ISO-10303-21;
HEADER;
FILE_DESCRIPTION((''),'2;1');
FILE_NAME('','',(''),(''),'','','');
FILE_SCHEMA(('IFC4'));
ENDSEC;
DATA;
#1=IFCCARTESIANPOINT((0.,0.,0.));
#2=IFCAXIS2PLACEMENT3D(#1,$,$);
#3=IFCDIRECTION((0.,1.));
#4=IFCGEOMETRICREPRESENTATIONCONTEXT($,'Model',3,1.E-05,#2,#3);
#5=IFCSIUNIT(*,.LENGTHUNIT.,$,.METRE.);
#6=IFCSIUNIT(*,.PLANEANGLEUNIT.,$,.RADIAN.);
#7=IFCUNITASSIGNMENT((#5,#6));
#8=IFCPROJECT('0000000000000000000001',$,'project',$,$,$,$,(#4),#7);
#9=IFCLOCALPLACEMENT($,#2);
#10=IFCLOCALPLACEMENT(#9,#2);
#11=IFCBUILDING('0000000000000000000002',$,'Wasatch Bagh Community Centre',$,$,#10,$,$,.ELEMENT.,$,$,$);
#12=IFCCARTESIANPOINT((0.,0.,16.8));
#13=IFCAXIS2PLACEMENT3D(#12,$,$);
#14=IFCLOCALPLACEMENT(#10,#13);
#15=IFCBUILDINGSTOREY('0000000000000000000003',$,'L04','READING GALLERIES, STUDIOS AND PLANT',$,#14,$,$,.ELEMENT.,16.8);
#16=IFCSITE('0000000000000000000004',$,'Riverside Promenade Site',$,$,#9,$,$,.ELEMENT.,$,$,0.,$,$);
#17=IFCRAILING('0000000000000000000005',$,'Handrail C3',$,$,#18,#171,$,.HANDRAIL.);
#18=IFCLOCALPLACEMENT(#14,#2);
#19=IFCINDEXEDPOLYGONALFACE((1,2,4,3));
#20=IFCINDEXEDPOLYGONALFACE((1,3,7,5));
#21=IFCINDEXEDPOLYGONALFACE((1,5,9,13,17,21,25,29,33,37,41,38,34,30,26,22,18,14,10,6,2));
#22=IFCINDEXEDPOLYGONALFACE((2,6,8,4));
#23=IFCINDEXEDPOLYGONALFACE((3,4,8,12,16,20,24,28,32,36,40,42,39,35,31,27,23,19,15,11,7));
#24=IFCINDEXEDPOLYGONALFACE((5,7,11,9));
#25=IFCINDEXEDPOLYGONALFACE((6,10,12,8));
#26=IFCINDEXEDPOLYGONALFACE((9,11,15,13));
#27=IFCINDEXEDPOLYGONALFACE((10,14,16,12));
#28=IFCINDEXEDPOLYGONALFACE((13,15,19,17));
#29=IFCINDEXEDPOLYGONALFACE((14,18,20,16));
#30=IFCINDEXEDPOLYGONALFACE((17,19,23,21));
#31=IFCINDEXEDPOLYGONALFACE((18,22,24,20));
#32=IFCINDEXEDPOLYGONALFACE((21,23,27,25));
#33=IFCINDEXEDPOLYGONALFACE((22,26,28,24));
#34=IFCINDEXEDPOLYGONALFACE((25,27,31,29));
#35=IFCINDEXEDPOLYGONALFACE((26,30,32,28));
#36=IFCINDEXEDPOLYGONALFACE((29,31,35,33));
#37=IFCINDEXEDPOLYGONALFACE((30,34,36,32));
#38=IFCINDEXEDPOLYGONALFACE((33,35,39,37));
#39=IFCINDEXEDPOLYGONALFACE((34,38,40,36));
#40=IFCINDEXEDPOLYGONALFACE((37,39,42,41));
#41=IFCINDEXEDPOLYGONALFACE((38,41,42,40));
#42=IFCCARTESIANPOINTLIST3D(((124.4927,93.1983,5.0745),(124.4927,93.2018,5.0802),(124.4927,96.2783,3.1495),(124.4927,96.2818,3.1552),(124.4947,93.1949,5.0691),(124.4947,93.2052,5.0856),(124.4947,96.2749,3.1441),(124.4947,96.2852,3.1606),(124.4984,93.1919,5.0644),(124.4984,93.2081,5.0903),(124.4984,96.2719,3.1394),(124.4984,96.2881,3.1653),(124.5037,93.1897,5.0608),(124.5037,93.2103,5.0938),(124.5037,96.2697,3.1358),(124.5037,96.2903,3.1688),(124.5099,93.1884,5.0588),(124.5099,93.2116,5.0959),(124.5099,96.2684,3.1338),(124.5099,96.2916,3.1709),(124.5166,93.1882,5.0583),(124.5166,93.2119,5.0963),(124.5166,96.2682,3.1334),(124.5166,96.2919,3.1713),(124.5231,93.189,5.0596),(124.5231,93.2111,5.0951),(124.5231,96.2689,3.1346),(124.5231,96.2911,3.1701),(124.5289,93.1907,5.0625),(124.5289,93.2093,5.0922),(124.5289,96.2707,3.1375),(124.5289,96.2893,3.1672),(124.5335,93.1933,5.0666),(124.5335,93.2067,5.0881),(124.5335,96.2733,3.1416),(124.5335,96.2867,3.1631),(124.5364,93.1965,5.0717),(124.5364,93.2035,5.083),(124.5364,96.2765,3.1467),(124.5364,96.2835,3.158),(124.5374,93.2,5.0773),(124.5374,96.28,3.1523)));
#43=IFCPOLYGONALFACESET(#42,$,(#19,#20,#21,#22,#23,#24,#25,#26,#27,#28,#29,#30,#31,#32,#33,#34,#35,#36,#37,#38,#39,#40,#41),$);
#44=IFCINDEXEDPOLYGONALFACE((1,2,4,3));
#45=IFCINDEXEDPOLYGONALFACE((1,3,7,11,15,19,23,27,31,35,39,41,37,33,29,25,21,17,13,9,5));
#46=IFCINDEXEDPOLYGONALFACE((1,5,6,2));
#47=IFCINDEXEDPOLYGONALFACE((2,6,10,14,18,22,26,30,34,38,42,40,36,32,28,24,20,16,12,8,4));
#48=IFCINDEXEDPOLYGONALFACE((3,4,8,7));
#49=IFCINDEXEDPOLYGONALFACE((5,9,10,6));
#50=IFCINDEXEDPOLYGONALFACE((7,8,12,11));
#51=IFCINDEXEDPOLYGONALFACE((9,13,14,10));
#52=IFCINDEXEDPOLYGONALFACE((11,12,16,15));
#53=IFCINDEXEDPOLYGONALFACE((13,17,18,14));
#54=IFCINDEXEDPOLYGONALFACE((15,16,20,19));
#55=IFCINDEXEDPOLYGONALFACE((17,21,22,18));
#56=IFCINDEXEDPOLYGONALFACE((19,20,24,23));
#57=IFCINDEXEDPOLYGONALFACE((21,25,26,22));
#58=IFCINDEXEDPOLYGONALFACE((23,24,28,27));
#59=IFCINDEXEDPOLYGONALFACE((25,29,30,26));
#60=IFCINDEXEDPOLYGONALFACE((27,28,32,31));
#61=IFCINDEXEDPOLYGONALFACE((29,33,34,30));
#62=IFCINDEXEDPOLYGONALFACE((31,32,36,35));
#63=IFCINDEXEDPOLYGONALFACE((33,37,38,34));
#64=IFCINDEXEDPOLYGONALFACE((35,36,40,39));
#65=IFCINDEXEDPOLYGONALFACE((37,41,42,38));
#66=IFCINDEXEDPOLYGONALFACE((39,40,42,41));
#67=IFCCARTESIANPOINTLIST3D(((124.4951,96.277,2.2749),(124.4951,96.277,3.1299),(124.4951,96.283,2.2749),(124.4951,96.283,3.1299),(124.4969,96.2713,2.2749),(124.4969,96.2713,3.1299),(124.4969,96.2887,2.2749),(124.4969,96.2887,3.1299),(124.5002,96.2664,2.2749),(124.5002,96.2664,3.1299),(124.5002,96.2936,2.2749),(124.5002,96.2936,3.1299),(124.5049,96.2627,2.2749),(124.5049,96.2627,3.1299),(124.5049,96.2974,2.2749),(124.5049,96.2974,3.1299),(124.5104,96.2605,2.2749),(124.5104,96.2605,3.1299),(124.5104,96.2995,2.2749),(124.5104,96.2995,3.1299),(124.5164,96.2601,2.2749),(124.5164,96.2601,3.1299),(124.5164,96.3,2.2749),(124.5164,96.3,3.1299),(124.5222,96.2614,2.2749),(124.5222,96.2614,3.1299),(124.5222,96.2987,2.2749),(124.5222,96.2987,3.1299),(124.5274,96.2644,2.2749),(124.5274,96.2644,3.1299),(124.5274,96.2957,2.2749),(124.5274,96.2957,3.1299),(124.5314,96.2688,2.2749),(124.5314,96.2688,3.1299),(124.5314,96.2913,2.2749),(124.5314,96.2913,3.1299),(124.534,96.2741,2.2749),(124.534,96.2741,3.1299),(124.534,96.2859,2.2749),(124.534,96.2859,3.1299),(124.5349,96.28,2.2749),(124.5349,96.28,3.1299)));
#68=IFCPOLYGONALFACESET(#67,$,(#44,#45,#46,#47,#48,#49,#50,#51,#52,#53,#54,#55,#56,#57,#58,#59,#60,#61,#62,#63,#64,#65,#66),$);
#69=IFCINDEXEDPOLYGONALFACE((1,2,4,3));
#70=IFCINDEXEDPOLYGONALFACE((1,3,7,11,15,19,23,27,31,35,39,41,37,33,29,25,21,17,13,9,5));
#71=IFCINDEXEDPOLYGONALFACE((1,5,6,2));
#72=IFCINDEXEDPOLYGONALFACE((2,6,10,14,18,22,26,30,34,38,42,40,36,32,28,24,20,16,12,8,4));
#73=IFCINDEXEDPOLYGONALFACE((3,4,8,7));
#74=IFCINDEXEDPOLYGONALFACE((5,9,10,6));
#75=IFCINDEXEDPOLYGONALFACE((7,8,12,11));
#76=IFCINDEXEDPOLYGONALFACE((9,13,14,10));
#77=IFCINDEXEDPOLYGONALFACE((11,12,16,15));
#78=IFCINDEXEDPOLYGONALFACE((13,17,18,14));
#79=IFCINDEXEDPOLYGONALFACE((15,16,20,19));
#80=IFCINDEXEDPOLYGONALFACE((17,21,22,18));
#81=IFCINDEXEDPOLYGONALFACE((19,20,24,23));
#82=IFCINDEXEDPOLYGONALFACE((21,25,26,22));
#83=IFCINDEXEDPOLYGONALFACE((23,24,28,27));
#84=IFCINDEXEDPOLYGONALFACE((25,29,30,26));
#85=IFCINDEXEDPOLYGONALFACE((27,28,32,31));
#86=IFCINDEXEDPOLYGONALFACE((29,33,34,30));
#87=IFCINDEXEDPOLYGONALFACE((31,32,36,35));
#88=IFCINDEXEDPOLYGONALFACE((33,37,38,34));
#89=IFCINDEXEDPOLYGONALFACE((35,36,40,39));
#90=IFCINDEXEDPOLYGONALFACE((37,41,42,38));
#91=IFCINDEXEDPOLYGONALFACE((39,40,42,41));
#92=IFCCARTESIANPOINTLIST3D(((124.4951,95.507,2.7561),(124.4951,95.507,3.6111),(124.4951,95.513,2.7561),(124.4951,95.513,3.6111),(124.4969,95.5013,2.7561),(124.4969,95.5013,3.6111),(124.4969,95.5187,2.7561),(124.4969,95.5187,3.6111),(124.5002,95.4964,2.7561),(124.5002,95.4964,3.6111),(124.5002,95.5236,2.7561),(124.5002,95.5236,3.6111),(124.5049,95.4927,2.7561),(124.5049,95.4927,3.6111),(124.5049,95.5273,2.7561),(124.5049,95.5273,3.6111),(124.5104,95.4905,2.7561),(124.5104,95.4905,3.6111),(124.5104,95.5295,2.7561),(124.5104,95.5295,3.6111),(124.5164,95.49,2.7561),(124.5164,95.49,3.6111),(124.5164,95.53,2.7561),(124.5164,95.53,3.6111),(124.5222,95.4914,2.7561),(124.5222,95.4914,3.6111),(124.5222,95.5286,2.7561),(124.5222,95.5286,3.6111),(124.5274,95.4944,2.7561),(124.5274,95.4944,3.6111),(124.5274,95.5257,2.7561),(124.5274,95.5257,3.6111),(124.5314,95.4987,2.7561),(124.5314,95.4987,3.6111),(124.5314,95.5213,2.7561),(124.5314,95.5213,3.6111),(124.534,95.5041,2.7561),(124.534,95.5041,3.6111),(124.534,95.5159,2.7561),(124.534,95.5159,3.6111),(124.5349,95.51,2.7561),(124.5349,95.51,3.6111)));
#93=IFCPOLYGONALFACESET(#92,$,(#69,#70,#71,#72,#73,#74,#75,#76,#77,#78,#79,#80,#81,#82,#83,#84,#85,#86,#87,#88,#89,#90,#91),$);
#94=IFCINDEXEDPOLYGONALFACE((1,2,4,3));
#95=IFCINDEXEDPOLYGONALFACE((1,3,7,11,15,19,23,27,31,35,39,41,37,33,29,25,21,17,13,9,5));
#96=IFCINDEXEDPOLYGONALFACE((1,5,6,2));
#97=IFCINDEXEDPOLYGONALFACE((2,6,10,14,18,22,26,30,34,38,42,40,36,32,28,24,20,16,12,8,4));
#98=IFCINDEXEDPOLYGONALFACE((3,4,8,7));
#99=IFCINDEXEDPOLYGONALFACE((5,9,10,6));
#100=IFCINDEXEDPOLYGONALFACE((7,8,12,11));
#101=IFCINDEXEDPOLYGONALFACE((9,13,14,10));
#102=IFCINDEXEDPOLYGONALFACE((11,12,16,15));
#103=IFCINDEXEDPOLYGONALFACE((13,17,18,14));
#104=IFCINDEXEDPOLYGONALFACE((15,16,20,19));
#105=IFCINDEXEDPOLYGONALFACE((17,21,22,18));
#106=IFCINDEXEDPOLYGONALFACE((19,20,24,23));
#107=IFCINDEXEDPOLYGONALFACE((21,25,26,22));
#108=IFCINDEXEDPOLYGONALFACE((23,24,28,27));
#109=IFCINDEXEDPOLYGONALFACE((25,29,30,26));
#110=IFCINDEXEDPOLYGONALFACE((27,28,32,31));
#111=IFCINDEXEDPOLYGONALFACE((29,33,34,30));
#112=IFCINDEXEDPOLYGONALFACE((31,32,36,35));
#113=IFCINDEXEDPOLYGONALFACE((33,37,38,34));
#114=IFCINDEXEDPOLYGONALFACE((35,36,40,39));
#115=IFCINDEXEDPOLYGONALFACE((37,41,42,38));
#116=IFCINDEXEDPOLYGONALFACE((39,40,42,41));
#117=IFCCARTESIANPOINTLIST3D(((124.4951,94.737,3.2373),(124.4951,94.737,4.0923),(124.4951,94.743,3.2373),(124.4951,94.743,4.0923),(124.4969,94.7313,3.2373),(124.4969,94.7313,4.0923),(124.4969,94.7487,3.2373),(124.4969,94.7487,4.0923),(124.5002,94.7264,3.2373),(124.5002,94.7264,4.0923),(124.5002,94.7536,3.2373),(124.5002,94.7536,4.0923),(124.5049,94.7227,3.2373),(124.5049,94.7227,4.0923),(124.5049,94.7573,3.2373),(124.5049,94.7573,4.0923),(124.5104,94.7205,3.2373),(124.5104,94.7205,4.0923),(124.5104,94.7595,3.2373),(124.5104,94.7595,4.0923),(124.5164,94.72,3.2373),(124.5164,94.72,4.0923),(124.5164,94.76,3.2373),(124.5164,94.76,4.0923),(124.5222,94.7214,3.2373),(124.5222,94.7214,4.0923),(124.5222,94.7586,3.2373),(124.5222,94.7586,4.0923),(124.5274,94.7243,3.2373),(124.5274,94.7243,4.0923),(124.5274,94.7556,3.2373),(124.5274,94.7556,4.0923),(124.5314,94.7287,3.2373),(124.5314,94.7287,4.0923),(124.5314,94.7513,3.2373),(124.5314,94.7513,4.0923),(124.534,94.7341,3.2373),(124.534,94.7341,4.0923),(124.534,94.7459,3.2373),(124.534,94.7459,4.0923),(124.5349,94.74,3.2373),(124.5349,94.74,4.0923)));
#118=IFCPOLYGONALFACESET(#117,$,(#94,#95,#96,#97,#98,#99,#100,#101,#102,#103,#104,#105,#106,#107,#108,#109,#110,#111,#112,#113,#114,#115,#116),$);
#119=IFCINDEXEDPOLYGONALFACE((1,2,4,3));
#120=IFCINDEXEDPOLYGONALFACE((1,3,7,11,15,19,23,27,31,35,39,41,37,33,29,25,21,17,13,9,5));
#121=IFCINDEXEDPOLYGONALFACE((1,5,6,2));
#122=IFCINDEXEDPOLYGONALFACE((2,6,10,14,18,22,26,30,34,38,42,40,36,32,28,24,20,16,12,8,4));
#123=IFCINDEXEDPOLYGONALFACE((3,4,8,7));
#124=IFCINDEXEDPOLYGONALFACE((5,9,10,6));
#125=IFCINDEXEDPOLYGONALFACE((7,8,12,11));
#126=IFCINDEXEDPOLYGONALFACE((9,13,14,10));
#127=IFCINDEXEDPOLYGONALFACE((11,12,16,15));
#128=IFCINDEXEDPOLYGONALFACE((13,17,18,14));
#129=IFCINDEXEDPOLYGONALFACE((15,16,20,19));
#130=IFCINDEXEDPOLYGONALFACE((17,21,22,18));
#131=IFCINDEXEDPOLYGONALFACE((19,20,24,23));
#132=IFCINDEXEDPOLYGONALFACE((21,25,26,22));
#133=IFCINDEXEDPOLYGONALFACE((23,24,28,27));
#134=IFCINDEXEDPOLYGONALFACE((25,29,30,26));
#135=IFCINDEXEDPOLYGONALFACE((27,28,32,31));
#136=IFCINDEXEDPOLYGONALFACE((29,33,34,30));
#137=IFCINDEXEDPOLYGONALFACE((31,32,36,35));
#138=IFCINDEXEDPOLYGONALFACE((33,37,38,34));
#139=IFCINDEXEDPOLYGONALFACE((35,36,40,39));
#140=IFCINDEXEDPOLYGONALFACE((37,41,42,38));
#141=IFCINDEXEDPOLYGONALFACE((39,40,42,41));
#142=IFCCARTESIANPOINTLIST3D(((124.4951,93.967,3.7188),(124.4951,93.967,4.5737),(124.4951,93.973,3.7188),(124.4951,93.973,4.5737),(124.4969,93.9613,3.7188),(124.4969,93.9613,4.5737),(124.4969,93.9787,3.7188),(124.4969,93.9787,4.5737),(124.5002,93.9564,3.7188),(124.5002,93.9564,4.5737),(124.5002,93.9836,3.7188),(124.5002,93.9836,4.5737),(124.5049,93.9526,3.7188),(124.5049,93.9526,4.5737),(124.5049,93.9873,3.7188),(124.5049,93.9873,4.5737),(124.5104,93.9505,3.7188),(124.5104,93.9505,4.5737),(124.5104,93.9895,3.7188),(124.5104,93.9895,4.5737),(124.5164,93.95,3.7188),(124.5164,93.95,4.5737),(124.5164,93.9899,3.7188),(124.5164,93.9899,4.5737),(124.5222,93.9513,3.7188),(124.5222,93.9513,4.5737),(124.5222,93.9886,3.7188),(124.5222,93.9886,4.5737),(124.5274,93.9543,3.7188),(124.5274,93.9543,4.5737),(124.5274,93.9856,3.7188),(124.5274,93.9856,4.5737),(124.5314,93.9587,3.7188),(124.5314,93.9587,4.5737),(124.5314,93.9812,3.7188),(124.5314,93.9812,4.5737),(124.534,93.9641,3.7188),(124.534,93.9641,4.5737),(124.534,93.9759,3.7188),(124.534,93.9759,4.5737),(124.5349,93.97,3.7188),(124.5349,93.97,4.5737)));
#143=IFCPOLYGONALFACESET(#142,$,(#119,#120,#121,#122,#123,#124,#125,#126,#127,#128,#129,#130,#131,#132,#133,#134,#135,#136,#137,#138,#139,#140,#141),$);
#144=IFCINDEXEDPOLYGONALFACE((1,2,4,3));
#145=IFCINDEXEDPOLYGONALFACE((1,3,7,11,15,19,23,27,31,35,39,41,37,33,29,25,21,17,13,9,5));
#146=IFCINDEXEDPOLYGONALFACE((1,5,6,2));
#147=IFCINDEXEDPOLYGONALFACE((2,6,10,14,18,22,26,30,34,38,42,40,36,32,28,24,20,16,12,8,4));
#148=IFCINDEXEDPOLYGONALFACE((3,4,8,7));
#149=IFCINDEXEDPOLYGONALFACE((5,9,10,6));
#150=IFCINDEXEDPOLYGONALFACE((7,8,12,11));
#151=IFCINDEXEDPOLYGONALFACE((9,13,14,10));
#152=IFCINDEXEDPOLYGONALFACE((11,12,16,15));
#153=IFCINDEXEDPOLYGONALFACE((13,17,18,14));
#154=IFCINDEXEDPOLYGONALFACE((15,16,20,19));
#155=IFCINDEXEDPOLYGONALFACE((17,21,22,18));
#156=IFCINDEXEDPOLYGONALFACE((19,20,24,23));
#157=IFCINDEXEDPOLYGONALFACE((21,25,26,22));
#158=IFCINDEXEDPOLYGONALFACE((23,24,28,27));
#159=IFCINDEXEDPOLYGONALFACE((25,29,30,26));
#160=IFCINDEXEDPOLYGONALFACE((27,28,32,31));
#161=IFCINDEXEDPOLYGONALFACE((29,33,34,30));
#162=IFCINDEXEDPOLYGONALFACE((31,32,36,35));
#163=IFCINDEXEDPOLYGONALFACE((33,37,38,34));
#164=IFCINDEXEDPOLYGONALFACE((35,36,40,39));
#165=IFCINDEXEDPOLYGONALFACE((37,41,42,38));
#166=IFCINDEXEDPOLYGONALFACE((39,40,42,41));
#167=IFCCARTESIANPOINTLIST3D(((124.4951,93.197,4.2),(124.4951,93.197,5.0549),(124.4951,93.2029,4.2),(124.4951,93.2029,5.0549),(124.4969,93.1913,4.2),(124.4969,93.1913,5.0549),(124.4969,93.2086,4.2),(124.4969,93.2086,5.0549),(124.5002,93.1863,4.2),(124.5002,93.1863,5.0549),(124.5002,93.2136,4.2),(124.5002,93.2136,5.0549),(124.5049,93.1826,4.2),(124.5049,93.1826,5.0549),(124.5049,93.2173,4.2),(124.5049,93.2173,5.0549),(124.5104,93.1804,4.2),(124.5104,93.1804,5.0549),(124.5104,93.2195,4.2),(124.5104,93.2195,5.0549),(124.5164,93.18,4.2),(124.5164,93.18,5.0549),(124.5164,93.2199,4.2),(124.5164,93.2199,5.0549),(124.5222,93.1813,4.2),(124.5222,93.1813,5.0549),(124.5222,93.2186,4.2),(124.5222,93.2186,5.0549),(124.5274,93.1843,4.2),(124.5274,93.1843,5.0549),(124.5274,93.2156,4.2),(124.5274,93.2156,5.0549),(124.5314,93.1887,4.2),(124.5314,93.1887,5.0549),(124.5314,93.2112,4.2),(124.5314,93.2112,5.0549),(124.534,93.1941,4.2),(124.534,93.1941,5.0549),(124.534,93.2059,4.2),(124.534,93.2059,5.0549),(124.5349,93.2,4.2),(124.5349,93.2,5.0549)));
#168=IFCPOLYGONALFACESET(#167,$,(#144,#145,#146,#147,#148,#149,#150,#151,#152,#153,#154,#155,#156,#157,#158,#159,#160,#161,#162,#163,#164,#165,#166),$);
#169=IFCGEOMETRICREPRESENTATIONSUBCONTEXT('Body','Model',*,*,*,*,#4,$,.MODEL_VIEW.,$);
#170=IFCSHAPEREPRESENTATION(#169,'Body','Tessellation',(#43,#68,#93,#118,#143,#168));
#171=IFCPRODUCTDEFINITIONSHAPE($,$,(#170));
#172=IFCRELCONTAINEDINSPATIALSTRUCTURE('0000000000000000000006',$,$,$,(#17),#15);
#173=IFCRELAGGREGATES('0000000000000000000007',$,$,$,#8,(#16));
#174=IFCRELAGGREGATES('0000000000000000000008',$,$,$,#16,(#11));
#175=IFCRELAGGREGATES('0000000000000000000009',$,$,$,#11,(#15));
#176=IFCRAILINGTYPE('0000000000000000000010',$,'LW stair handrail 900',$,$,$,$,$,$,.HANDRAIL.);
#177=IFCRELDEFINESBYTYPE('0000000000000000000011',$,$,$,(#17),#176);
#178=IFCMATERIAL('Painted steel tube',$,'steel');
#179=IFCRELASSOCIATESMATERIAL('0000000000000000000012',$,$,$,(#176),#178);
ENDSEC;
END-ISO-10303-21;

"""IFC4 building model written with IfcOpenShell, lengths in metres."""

from ifc_helpers import new_model, si_unit, direction, frame, origin, origin_2d, place, context, subcontext, project, spatial, circle, extrude, material, type_object, element, save


model = new_model("IFC4")

# Units and contexts
model_context = context("Model", 3, precision=1e-05, world=origin(), true_north=direction((0.0, 1.0)))
body_context = subcontext(model_context, "Body", "Model", "MODEL_VIEW")
ifc_project = project(units=[si_unit("LENGTHUNIT", "METRE"), si_unit("PLANEANGLEUNIT", "RADIAN")], contexts=[model_context])

# Site, building, storey
site_placement = place(None, origin())
site = spatial("IfcSite", under=ifc_project, at=site_placement, Name="Riverside Promenade Site", CompositionType="ELEMENT", RefElevation=0.0)
building_placement = place(site_placement, origin())
building = spatial("IfcBuilding", under=site, at=building_placement, Name="Wasatch Bagh Community Centre", CompositionType="ELEMENT")
storey_placement = place(building_placement, frame((0.0, 0.0, 16.8)))
storey = spatial("IfcBuildingStorey", under=building, at=storey_placement, Name="L04", Description="READING GALLERIES, STUDIOS AND PLANT", CompositionType="ELEMENT", Elevation=16.8)

# Railing
ifc_material_1 = material(Name="Painted steel tube", Category="steel")
railing_type_1 = type_object("IfcRailingType", Name="LW stair handrail 900", PredefinedType="HANDRAIL", material=ifc_material_1)
railing_1_placement = place(storey_placement, frame((124.5149, 96.28, 2.2749)))
element("IfcRailing", 1, at=railing_1_placement, inside=storey, type_object=railing_type_1, Name="Handrail C3", PredefinedType="HANDRAIL", context=body_context, shape_type="SweptSolid", body=[
    extrude(circle(Radius=0.0225, at=origin_2d()), frame((0.0, 0.0, 0.8774), z_axis=(0.0, -0.847998, 0.529999), x_axis=(1.0, 0.0, 0.0)), (0.0, 0.0, 1.0), 3.6321),
    extrude(circle(Radius=0.02, at=origin_2d()), origin(), (0.0, 0.0, 1.0), 0.855),
    extrude(circle(Radius=0.02, at=origin_2d()), frame((0.0, -0.77, 0.4812)), (0.0, 0.0, 1.0), 0.855),
    extrude(circle(Radius=0.02, at=origin_2d()), frame((0.0, -1.54, 0.9624)), (0.0, 0.0, 1.0), 0.855),
    extrude(circle(Radius=0.02, at=origin_2d()), frame((0.0, -2.3101, 1.4438)), (0.0, 0.0, 1.0), 0.855),
    extrude(circle(Radius=0.02, at=origin_2d()), frame((0.0, -3.0801, 1.925)), (0.0, 0.0, 1.0), 0.855),
])

save(model, "model.ifc")
